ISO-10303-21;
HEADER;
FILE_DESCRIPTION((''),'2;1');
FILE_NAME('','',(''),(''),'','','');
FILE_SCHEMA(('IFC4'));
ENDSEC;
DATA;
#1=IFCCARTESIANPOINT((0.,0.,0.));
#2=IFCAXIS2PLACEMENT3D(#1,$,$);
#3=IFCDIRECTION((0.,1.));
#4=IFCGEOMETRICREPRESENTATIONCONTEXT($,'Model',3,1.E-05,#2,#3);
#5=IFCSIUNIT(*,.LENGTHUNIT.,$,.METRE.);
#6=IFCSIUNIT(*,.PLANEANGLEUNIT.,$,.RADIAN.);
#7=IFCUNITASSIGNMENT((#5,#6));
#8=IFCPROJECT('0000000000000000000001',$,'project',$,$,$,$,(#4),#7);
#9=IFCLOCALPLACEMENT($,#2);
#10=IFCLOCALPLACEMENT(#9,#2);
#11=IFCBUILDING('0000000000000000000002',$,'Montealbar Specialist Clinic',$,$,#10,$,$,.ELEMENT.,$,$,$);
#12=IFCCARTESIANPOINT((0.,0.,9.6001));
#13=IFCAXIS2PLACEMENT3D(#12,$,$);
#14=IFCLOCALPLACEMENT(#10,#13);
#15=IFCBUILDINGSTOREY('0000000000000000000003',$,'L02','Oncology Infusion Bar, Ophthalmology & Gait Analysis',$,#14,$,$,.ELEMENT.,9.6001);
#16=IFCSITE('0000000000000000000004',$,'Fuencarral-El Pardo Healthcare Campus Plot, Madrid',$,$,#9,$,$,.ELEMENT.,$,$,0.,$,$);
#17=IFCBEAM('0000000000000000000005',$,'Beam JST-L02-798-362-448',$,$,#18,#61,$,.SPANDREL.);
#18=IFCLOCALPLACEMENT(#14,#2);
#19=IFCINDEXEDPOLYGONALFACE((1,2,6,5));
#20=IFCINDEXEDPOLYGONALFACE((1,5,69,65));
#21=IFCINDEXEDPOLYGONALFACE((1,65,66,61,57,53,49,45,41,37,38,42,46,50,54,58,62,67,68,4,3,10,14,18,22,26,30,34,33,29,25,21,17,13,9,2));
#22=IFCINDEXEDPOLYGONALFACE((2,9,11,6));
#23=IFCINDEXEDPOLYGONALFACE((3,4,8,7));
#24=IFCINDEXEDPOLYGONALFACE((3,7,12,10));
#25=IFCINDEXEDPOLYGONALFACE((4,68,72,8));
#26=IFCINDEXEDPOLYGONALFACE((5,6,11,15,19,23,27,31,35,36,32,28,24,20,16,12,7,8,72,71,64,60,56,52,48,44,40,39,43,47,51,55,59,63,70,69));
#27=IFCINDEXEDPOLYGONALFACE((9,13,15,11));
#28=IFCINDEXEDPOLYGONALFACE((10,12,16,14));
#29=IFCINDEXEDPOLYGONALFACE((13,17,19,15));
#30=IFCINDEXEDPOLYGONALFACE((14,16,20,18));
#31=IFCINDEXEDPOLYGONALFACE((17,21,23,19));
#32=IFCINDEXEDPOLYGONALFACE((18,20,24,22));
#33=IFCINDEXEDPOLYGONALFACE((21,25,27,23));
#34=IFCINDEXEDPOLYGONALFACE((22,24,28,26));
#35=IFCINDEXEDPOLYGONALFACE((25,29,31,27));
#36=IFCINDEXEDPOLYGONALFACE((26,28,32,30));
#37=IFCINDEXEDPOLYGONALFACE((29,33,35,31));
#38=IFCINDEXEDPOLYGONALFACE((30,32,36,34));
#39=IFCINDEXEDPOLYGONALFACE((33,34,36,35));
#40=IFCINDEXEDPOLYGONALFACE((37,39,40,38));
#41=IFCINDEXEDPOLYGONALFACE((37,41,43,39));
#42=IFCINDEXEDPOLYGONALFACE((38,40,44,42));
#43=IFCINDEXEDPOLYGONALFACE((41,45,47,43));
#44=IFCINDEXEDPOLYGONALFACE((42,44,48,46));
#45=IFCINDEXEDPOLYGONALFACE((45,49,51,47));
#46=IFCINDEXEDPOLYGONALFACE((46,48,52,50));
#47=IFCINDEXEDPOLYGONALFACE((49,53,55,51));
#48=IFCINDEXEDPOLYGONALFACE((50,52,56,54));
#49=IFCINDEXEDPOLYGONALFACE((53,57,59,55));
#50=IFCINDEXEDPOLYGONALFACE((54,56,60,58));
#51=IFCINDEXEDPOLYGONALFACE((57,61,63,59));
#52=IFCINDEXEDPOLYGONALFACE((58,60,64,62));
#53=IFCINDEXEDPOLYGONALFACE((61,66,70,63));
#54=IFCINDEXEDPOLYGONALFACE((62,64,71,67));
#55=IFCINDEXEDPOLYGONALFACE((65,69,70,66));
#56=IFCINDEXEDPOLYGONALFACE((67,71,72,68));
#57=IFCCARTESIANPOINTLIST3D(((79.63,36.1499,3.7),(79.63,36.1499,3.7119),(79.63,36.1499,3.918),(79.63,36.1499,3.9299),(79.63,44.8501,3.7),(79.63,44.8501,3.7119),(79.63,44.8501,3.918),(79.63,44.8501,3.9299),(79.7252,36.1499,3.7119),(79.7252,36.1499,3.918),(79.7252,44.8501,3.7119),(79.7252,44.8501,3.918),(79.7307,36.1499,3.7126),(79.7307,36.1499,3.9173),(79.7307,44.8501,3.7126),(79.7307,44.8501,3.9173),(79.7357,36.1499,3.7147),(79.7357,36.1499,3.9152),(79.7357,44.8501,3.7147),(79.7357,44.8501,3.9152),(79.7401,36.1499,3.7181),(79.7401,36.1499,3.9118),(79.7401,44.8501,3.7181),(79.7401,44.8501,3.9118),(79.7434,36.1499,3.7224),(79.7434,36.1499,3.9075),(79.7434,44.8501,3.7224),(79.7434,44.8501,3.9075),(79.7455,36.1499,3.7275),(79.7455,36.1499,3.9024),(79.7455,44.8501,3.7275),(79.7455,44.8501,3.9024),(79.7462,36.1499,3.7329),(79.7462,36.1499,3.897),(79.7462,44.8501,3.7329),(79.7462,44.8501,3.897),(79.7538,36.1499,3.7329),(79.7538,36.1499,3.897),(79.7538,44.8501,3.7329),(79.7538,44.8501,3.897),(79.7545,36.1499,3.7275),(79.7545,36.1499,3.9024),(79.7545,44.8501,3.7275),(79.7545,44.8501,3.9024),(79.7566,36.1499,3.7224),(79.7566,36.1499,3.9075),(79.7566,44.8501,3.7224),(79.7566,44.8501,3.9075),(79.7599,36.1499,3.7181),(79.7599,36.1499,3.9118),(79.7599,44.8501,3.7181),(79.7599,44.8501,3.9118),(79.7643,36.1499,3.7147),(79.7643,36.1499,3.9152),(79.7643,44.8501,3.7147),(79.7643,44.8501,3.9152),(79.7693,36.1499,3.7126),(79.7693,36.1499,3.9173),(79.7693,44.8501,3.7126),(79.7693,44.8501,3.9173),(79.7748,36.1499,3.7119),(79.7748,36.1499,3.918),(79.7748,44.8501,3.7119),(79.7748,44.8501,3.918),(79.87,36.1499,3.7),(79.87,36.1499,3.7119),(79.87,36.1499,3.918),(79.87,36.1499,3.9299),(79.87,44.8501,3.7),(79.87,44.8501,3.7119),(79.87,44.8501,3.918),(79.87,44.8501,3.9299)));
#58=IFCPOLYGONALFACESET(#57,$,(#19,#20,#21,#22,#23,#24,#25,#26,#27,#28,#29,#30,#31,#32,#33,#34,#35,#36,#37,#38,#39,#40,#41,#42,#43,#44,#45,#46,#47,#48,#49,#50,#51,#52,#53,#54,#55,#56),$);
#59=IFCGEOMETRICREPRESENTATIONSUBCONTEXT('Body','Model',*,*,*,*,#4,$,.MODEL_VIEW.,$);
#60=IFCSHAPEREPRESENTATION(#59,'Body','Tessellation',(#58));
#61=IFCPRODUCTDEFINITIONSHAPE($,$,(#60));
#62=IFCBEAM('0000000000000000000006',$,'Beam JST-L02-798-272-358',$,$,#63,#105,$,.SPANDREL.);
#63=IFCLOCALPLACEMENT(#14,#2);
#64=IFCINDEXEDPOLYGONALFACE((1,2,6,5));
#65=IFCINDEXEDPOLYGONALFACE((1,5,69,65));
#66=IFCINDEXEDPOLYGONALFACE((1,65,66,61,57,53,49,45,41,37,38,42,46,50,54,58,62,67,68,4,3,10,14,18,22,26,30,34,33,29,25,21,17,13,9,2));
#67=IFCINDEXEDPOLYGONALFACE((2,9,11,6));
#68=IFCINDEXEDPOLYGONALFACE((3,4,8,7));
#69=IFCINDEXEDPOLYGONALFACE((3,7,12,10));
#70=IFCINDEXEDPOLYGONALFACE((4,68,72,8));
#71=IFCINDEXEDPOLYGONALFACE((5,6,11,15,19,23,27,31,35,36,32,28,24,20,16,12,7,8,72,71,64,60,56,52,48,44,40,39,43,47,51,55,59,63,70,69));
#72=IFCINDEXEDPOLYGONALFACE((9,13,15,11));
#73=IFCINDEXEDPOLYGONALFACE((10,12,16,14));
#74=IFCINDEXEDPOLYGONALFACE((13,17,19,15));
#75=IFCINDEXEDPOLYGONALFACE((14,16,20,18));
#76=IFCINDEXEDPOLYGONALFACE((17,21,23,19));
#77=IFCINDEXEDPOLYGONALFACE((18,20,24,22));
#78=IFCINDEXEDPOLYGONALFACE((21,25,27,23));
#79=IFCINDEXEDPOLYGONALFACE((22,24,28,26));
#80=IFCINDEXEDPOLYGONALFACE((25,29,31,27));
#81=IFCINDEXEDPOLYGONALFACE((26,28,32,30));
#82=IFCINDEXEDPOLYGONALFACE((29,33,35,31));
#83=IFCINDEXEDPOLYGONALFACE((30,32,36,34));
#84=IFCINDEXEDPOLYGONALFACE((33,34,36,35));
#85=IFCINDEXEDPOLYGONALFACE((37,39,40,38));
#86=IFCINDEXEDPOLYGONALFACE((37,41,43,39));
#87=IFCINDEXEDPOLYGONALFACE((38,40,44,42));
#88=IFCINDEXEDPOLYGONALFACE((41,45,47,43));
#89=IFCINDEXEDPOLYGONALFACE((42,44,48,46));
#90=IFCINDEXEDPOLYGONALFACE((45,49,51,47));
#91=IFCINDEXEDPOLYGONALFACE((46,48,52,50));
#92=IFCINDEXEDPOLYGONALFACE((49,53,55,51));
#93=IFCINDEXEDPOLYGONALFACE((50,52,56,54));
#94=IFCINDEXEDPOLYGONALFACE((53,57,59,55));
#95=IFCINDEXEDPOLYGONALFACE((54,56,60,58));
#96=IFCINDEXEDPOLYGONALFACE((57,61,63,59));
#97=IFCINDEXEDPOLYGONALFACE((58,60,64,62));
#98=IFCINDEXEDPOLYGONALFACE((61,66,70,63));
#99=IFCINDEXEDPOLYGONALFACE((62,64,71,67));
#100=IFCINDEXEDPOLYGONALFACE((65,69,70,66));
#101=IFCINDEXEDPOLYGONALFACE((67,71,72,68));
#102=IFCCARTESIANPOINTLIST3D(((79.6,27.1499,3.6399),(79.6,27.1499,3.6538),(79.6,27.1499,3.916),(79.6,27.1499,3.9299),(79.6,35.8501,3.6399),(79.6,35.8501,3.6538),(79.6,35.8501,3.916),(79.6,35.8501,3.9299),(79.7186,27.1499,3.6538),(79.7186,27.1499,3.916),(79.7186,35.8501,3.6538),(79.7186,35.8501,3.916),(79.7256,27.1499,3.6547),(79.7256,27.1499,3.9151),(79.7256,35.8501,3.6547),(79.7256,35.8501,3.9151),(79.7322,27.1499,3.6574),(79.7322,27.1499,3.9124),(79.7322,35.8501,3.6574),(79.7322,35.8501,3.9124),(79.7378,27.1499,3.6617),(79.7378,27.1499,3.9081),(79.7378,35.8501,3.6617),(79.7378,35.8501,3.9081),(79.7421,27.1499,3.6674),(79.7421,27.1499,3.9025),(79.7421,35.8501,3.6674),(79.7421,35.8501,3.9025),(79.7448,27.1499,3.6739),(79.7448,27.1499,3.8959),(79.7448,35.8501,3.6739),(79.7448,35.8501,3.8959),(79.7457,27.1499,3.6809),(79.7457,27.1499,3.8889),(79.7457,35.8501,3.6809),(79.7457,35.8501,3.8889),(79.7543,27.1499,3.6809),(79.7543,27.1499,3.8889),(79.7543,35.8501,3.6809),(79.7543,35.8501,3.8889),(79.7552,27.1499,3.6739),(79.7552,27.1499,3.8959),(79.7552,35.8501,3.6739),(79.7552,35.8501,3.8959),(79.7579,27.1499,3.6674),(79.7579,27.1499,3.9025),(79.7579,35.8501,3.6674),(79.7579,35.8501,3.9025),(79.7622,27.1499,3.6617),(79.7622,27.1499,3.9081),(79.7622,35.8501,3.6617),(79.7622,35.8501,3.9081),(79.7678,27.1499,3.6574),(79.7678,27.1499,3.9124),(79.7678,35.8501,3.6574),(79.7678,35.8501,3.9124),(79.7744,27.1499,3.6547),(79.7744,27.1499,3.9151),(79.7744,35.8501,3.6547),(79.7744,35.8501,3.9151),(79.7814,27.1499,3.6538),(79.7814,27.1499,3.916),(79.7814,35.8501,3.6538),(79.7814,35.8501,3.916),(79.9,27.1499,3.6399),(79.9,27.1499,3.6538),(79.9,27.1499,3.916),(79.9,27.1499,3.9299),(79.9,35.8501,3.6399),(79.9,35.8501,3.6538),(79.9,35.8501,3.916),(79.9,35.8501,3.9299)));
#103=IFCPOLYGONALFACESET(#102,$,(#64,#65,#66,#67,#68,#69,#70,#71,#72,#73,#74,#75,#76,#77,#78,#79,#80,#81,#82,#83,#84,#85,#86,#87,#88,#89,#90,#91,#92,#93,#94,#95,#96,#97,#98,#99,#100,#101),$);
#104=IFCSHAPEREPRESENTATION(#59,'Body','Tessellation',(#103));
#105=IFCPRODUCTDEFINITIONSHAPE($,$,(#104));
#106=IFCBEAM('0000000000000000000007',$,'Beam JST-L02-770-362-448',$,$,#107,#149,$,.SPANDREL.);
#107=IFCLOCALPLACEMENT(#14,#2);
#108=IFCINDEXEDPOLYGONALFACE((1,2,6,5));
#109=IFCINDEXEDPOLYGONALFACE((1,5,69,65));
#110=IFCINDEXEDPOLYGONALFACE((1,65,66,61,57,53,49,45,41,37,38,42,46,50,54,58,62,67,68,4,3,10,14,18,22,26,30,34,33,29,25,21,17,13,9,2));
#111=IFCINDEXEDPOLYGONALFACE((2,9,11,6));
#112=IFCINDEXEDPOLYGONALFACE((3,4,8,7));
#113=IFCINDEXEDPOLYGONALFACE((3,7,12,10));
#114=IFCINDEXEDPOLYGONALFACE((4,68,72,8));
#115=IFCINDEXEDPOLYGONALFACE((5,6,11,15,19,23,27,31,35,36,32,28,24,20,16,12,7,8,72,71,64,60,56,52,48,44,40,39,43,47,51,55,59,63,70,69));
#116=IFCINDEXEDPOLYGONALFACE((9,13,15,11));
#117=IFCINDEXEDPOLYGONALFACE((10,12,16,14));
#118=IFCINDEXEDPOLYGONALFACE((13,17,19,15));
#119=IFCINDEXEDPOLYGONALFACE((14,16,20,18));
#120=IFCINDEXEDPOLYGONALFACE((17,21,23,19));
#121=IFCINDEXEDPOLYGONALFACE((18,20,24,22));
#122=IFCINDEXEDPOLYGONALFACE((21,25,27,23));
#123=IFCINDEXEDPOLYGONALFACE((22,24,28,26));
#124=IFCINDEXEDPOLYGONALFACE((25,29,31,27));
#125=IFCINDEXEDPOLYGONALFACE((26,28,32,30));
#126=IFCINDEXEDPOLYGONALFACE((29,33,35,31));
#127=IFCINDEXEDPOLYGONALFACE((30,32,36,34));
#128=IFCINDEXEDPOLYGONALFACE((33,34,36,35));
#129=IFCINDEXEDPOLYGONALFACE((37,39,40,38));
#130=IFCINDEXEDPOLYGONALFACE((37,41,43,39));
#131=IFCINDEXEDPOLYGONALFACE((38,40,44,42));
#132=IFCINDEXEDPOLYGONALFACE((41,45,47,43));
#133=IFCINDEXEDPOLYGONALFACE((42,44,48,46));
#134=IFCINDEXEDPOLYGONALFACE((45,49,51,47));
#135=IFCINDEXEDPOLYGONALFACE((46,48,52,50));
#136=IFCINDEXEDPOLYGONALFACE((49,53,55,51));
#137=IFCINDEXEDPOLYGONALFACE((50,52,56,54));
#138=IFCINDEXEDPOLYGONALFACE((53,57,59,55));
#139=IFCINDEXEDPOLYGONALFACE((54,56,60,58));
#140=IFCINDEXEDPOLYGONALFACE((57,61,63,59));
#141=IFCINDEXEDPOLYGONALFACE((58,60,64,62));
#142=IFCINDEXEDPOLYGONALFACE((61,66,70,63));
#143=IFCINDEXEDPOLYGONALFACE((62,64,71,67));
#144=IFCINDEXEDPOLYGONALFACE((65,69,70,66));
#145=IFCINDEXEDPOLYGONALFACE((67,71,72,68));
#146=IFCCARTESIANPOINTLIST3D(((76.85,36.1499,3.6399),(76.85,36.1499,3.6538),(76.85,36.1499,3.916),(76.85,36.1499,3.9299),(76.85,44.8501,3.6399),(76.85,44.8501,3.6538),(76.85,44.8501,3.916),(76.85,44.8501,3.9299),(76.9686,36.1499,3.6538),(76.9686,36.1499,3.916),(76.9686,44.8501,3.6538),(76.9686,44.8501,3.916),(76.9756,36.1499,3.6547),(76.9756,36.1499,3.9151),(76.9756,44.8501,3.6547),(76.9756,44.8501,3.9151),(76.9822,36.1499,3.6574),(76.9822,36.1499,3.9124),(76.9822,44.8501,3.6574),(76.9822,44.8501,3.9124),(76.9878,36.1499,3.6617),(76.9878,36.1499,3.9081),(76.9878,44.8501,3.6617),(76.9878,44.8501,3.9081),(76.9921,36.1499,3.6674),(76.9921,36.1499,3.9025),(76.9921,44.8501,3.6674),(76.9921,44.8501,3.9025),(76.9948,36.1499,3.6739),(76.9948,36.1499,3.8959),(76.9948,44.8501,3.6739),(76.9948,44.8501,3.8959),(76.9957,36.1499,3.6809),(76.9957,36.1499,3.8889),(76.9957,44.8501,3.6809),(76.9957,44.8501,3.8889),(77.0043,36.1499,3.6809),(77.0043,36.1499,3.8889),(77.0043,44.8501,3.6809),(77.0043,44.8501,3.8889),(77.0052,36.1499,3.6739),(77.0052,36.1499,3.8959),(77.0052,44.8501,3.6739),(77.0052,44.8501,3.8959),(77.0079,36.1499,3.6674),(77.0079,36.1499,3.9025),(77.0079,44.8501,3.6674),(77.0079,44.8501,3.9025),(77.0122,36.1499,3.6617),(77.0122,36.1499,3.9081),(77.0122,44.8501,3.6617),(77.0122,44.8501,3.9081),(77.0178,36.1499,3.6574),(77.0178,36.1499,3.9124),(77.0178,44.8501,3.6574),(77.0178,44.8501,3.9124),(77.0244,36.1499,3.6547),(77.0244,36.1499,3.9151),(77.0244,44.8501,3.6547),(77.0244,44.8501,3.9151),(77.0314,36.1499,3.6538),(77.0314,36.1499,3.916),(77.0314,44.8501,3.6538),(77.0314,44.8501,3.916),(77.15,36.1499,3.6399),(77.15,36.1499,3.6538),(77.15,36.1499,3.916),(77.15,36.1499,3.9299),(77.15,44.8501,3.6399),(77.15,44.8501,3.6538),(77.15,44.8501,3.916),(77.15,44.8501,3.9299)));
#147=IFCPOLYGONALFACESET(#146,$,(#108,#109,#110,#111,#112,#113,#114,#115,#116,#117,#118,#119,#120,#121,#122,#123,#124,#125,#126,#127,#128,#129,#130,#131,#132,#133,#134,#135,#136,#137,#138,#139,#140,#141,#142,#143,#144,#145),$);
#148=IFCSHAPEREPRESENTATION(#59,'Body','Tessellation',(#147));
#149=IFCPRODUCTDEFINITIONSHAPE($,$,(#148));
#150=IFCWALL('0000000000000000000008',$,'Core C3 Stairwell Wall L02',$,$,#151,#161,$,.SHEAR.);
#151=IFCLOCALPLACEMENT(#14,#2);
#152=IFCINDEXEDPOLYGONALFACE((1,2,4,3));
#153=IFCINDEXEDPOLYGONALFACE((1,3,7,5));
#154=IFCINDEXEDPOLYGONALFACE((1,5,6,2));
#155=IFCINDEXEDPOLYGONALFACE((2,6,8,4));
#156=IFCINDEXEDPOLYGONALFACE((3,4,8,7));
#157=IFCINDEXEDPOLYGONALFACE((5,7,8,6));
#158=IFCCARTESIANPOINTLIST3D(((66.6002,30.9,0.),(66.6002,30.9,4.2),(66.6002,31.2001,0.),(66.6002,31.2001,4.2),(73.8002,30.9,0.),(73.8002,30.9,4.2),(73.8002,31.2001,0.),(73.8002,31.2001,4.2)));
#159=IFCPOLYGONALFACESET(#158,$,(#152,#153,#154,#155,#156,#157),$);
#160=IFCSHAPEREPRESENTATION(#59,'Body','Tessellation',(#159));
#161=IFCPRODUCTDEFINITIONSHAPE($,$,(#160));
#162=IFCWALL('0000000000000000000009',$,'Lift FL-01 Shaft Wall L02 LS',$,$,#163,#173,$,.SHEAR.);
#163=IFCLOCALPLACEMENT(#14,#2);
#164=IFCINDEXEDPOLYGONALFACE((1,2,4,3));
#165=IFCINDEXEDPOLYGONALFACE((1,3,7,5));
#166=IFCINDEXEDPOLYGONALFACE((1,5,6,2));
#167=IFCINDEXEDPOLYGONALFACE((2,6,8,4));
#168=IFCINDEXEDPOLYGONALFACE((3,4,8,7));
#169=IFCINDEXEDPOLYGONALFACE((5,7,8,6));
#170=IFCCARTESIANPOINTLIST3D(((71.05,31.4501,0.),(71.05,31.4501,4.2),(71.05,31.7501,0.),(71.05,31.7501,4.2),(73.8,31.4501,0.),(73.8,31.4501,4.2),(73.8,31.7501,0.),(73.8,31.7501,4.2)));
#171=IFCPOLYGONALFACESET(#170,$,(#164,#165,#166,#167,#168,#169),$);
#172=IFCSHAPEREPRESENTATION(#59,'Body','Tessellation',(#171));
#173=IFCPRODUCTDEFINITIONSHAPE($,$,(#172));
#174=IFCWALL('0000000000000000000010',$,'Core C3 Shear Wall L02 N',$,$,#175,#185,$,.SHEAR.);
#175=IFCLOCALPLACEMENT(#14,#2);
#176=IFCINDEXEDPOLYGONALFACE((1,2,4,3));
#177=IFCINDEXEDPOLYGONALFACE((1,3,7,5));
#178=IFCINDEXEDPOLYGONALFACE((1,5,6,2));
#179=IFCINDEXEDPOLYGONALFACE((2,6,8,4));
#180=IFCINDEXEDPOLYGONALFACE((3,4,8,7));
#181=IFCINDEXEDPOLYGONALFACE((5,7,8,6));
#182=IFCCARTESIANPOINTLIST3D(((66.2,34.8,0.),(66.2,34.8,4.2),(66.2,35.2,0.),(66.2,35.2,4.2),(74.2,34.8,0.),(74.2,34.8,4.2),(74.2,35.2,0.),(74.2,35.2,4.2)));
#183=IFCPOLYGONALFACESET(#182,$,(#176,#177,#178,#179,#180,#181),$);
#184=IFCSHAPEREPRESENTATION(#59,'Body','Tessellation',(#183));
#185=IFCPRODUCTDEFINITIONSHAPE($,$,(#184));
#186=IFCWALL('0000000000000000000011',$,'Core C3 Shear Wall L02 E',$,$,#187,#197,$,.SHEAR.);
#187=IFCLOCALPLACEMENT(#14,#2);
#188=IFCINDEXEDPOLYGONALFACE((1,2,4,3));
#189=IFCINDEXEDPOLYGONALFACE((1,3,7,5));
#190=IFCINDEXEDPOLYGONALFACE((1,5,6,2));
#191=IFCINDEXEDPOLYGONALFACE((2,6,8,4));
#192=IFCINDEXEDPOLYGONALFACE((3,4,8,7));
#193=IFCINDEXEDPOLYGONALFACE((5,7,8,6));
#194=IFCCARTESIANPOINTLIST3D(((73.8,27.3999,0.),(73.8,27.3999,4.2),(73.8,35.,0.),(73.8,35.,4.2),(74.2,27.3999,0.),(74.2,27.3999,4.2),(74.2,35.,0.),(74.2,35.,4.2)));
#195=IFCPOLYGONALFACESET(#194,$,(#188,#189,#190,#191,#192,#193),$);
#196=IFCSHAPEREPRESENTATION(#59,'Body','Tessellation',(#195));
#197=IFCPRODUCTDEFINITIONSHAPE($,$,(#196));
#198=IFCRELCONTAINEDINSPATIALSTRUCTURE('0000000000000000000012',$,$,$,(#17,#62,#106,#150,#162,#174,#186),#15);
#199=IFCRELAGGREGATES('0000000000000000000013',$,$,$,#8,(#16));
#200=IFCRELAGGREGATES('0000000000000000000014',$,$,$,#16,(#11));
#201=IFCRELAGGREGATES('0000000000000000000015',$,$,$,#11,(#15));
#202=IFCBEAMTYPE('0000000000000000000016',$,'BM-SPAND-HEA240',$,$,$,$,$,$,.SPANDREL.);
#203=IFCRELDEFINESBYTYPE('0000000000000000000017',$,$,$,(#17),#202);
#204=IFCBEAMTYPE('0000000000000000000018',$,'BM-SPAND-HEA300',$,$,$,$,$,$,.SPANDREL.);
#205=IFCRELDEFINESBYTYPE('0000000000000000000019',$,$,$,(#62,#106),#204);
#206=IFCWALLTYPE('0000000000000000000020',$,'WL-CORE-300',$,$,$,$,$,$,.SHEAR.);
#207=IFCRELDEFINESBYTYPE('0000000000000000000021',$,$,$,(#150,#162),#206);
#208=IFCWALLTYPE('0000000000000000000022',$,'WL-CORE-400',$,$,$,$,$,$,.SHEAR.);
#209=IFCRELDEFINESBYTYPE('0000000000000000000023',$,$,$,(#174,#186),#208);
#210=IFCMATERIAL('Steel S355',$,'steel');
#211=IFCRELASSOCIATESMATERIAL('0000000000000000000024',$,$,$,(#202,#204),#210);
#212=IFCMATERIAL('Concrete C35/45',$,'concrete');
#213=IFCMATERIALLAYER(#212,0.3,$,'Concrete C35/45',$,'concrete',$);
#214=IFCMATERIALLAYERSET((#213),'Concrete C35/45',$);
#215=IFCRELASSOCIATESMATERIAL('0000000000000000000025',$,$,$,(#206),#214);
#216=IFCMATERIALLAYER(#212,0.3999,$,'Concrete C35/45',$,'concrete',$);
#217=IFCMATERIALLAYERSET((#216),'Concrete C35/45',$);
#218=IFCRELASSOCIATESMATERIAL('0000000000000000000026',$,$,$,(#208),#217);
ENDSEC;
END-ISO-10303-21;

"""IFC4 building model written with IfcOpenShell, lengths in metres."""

from ifc_helpers import new_model, si_unit, direction, frame, frame_2d, origin, origin_2d, place, context, subcontext, project, spatial, rectangle, i_section, extrude, material, layer, layer_set, material_profile, profile_set, type_object, element, save


model = new_model("IFC4")

# Units and contexts
model_context = context("Model", 3, precision=1e-05, world=origin(), true_north=direction((0.0, 1.0)))
body_context = subcontext(model_context, "Body", "Model", "MODEL_VIEW")
ifc_project = project(units=[si_unit("LENGTHUNIT", "METRE"), si_unit("PLANEANGLEUNIT", "RADIAN")], contexts=[model_context])

# Site, building, storey
site_placement = place(None, origin())
site = spatial("IfcSite", under=ifc_project, at=site_placement, Name="Fuencarral-El Pardo Healthcare Campus Plot, Madrid", CompositionType="ELEMENT", RefElevation=0.0)
building_placement = place(site_placement, origin())
building = spatial("IfcBuilding", under=site, at=building_placement, Name="Montealbar Specialist Clinic", CompositionType="ELEMENT")
storey_placement = place(building_placement, frame((0.0, 0.0, 9.6001)))
storey = spatial("IfcBuildingStorey", under=building, at=storey_placement, Name="L02", Description="Oncology Infusion Bar, Ophthalmology & Gait Analysis", CompositionType="ELEMENT", Elevation=9.6001)

# Shared definitions
ifc_material_1 = material(Name="Steel S355", Category="steel")

# Beams
ifc_material_profile_1 = material_profile(ifc_material_1, i_section(OverallWidth=0.24, OverallDepth=0.23, WebThickness=0.0076, FlangeThickness=0.012, FilletRadius=0.021, at=origin_2d()), Name="HEA 240", Category="steel")
ifc_profile_set_1 = profile_set([ifc_material_profile_1], Name="Steel S355")
beam_type_1 = type_object("IfcBeamType", Name="BM-SPAND-HEA240", PredefinedType="SPANDREL", material=ifc_profile_set_1)
beam_1_placement = place(storey_placement, frame((79.75, 36.1499, 3.8149), z_axis=(0.0, 1.0, 0.0), x_axis=(-1.0, 0.0, 0.0)))
element("IfcBeam", 1, at=beam_1_placement, inside=storey, type_object=beam_type_1, Name="Beam JST-L02-798-362-448", PredefinedType="SPANDREL", context=body_context, shape_type="SweptSolid", body=[
    extrude(i_section(OverallWidth=0.24, OverallDepth=0.23, WebThickness=0.0076, FlangeThickness=0.012, FilletRadius=0.021, at=origin_2d()), origin(), (0.0, 0.0, 1.0), 8.7002),
])
ifc_material_profile_2 = material_profile(ifc_material_1, i_section(OverallWidth=0.3, OverallDepth=0.29, WebThickness=0.0085, FlangeThickness=0.0139, FilletRadius=0.0271, at=origin_2d()), Name="HEA 300", Category="steel")
ifc_profile_set_2 = profile_set([ifc_material_profile_2], Name="Steel S355")
beam_type_2 = type_object("IfcBeamType", Name="BM-SPAND-HEA300", PredefinedType="SPANDREL", material=ifc_profile_set_2)
for number, where, z_axis, x_axis, name in (
    (2, (79.75, 27.1499, 3.7849), (0.0, 1.0, 0.0), (-1.0, 0.0, 0.0), "Beam JST-L02-798-272-358"),
    (3, (77.0, 36.1499, 3.7849), (0.0, 1.0, 0.0), (-1.0, 0.0, 0.0), "Beam JST-L02-770-362-448"),
):
    element("IfcBeam", number, at=place(storey_placement, frame(where, z_axis=z_axis, x_axis=x_axis)), inside=storey, type_object=beam_type_2, Name=name, PredefinedType="SPANDREL", context=body_context, shape_type="SweptSolid", body=[
        extrude(i_section(OverallWidth=0.3, OverallDepth=0.29, WebThickness=0.0085, FlangeThickness=0.0139, FilletRadius=0.0271, at=origin_2d()), origin(), (0.0, 0.0, 1.0), 8.7002),
    ])

# Walls
ifc_material_2 = material(Name="Concrete C35/45", Category="concrete")
ifc_layer_1 = layer(ifc_material_2, 0.3, Name="Concrete C35/45", Category="concrete")
ifc_layer_set_1 = layer_set([ifc_layer_1], Name="Concrete C35/45")
wall_type_1 = type_object("IfcWallType", Name="WL-CORE-300", PredefinedType="SHEAR", material=ifc_layer_set_1)
wall_1_placement = place(storey_placement, frame((66.6001, 31.05, 0.0), z_axis=(0.0, 0.0, 1.0), x_axis=(1.0, 0.0, 0.0)))
element("IfcWall", 4, at=wall_1_placement, inside=storey, type_object=wall_type_1, Name="Core C3 Stairwell Wall L02", PredefinedType="SHEAR", context=body_context, shape_type="SweptSolid", body=[
    extrude(rectangle(XDim=7.2, YDim=0.3, at=frame_2d((3.6001, 0.0))), origin(), (0.0, 0.0, 1.0), 4.2),
])
wall_2_placement = place(storey_placement, frame((71.05, 31.6001, 0.0), z_axis=(0.0, 0.0, 1.0), x_axis=(1.0, 0.0, 0.0)))
element("IfcWall", 5, at=wall_2_placement, inside=storey, type_object=wall_type_1, Name="Lift FL-01 Shaft Wall L02 LS", PredefinedType="SHEAR", context=body_context, shape_type="SweptSolid", body=[
    extrude(rectangle(XDim=2.75, YDim=0.3, at=frame_2d((1.375, 0.0))), origin(), (0.0, 0.0, 1.0), 4.2),
])

# Shared definitions
ifc_layer_2 = layer(ifc_material_2, 0.3999, Name="Concrete C35/45", Category="concrete")
ifc_layer_set_2 = layer_set([ifc_layer_2], Name="Concrete C35/45")
wall_type_2 = type_object("IfcWallType", Name="WL-CORE-400", PredefinedType="SHEAR", material=ifc_layer_set_2)

# Wall
wall_3_placement = place(storey_placement, frame((66.2, 35.0, 0.0), z_axis=(0.0, 0.0, 1.0), x_axis=(1.0, 0.0, 0.0)))
element("IfcWall", 6, at=wall_3_placement, inside=storey, type_object=wall_type_2, Name="Core C3 Shear Wall L02 N", PredefinedType="SHEAR", context=body_context, shape_type="SweptSolid", body=[
    extrude(rectangle(XDim=8.0, YDim=0.3999, at=frame_2d((4.0, 0.0))), origin(), (0.0, 0.0, 1.0), 4.2),
])

# Wall
wall_4_placement = place(storey_placement, frame((74.0, 27.3999, 0.0), z_axis=(0.0, 0.0, 1.0), x_axis=(0.0, 1.0, 0.0)))
element("IfcWall", 7, at=wall_4_placement, inside=storey, type_object=wall_type_2, Name="Core C3 Shear Wall L02 E", PredefinedType="SHEAR", context=body_context, shape_type="SweptSolid", body=[
    extrude(rectangle(XDim=7.6001, YDim=0.3999, at=frame_2d((3.8, 0.0))), origin(), (0.0, 0.0, 1.0), 4.2),
])

save(model, "model.ifc")
